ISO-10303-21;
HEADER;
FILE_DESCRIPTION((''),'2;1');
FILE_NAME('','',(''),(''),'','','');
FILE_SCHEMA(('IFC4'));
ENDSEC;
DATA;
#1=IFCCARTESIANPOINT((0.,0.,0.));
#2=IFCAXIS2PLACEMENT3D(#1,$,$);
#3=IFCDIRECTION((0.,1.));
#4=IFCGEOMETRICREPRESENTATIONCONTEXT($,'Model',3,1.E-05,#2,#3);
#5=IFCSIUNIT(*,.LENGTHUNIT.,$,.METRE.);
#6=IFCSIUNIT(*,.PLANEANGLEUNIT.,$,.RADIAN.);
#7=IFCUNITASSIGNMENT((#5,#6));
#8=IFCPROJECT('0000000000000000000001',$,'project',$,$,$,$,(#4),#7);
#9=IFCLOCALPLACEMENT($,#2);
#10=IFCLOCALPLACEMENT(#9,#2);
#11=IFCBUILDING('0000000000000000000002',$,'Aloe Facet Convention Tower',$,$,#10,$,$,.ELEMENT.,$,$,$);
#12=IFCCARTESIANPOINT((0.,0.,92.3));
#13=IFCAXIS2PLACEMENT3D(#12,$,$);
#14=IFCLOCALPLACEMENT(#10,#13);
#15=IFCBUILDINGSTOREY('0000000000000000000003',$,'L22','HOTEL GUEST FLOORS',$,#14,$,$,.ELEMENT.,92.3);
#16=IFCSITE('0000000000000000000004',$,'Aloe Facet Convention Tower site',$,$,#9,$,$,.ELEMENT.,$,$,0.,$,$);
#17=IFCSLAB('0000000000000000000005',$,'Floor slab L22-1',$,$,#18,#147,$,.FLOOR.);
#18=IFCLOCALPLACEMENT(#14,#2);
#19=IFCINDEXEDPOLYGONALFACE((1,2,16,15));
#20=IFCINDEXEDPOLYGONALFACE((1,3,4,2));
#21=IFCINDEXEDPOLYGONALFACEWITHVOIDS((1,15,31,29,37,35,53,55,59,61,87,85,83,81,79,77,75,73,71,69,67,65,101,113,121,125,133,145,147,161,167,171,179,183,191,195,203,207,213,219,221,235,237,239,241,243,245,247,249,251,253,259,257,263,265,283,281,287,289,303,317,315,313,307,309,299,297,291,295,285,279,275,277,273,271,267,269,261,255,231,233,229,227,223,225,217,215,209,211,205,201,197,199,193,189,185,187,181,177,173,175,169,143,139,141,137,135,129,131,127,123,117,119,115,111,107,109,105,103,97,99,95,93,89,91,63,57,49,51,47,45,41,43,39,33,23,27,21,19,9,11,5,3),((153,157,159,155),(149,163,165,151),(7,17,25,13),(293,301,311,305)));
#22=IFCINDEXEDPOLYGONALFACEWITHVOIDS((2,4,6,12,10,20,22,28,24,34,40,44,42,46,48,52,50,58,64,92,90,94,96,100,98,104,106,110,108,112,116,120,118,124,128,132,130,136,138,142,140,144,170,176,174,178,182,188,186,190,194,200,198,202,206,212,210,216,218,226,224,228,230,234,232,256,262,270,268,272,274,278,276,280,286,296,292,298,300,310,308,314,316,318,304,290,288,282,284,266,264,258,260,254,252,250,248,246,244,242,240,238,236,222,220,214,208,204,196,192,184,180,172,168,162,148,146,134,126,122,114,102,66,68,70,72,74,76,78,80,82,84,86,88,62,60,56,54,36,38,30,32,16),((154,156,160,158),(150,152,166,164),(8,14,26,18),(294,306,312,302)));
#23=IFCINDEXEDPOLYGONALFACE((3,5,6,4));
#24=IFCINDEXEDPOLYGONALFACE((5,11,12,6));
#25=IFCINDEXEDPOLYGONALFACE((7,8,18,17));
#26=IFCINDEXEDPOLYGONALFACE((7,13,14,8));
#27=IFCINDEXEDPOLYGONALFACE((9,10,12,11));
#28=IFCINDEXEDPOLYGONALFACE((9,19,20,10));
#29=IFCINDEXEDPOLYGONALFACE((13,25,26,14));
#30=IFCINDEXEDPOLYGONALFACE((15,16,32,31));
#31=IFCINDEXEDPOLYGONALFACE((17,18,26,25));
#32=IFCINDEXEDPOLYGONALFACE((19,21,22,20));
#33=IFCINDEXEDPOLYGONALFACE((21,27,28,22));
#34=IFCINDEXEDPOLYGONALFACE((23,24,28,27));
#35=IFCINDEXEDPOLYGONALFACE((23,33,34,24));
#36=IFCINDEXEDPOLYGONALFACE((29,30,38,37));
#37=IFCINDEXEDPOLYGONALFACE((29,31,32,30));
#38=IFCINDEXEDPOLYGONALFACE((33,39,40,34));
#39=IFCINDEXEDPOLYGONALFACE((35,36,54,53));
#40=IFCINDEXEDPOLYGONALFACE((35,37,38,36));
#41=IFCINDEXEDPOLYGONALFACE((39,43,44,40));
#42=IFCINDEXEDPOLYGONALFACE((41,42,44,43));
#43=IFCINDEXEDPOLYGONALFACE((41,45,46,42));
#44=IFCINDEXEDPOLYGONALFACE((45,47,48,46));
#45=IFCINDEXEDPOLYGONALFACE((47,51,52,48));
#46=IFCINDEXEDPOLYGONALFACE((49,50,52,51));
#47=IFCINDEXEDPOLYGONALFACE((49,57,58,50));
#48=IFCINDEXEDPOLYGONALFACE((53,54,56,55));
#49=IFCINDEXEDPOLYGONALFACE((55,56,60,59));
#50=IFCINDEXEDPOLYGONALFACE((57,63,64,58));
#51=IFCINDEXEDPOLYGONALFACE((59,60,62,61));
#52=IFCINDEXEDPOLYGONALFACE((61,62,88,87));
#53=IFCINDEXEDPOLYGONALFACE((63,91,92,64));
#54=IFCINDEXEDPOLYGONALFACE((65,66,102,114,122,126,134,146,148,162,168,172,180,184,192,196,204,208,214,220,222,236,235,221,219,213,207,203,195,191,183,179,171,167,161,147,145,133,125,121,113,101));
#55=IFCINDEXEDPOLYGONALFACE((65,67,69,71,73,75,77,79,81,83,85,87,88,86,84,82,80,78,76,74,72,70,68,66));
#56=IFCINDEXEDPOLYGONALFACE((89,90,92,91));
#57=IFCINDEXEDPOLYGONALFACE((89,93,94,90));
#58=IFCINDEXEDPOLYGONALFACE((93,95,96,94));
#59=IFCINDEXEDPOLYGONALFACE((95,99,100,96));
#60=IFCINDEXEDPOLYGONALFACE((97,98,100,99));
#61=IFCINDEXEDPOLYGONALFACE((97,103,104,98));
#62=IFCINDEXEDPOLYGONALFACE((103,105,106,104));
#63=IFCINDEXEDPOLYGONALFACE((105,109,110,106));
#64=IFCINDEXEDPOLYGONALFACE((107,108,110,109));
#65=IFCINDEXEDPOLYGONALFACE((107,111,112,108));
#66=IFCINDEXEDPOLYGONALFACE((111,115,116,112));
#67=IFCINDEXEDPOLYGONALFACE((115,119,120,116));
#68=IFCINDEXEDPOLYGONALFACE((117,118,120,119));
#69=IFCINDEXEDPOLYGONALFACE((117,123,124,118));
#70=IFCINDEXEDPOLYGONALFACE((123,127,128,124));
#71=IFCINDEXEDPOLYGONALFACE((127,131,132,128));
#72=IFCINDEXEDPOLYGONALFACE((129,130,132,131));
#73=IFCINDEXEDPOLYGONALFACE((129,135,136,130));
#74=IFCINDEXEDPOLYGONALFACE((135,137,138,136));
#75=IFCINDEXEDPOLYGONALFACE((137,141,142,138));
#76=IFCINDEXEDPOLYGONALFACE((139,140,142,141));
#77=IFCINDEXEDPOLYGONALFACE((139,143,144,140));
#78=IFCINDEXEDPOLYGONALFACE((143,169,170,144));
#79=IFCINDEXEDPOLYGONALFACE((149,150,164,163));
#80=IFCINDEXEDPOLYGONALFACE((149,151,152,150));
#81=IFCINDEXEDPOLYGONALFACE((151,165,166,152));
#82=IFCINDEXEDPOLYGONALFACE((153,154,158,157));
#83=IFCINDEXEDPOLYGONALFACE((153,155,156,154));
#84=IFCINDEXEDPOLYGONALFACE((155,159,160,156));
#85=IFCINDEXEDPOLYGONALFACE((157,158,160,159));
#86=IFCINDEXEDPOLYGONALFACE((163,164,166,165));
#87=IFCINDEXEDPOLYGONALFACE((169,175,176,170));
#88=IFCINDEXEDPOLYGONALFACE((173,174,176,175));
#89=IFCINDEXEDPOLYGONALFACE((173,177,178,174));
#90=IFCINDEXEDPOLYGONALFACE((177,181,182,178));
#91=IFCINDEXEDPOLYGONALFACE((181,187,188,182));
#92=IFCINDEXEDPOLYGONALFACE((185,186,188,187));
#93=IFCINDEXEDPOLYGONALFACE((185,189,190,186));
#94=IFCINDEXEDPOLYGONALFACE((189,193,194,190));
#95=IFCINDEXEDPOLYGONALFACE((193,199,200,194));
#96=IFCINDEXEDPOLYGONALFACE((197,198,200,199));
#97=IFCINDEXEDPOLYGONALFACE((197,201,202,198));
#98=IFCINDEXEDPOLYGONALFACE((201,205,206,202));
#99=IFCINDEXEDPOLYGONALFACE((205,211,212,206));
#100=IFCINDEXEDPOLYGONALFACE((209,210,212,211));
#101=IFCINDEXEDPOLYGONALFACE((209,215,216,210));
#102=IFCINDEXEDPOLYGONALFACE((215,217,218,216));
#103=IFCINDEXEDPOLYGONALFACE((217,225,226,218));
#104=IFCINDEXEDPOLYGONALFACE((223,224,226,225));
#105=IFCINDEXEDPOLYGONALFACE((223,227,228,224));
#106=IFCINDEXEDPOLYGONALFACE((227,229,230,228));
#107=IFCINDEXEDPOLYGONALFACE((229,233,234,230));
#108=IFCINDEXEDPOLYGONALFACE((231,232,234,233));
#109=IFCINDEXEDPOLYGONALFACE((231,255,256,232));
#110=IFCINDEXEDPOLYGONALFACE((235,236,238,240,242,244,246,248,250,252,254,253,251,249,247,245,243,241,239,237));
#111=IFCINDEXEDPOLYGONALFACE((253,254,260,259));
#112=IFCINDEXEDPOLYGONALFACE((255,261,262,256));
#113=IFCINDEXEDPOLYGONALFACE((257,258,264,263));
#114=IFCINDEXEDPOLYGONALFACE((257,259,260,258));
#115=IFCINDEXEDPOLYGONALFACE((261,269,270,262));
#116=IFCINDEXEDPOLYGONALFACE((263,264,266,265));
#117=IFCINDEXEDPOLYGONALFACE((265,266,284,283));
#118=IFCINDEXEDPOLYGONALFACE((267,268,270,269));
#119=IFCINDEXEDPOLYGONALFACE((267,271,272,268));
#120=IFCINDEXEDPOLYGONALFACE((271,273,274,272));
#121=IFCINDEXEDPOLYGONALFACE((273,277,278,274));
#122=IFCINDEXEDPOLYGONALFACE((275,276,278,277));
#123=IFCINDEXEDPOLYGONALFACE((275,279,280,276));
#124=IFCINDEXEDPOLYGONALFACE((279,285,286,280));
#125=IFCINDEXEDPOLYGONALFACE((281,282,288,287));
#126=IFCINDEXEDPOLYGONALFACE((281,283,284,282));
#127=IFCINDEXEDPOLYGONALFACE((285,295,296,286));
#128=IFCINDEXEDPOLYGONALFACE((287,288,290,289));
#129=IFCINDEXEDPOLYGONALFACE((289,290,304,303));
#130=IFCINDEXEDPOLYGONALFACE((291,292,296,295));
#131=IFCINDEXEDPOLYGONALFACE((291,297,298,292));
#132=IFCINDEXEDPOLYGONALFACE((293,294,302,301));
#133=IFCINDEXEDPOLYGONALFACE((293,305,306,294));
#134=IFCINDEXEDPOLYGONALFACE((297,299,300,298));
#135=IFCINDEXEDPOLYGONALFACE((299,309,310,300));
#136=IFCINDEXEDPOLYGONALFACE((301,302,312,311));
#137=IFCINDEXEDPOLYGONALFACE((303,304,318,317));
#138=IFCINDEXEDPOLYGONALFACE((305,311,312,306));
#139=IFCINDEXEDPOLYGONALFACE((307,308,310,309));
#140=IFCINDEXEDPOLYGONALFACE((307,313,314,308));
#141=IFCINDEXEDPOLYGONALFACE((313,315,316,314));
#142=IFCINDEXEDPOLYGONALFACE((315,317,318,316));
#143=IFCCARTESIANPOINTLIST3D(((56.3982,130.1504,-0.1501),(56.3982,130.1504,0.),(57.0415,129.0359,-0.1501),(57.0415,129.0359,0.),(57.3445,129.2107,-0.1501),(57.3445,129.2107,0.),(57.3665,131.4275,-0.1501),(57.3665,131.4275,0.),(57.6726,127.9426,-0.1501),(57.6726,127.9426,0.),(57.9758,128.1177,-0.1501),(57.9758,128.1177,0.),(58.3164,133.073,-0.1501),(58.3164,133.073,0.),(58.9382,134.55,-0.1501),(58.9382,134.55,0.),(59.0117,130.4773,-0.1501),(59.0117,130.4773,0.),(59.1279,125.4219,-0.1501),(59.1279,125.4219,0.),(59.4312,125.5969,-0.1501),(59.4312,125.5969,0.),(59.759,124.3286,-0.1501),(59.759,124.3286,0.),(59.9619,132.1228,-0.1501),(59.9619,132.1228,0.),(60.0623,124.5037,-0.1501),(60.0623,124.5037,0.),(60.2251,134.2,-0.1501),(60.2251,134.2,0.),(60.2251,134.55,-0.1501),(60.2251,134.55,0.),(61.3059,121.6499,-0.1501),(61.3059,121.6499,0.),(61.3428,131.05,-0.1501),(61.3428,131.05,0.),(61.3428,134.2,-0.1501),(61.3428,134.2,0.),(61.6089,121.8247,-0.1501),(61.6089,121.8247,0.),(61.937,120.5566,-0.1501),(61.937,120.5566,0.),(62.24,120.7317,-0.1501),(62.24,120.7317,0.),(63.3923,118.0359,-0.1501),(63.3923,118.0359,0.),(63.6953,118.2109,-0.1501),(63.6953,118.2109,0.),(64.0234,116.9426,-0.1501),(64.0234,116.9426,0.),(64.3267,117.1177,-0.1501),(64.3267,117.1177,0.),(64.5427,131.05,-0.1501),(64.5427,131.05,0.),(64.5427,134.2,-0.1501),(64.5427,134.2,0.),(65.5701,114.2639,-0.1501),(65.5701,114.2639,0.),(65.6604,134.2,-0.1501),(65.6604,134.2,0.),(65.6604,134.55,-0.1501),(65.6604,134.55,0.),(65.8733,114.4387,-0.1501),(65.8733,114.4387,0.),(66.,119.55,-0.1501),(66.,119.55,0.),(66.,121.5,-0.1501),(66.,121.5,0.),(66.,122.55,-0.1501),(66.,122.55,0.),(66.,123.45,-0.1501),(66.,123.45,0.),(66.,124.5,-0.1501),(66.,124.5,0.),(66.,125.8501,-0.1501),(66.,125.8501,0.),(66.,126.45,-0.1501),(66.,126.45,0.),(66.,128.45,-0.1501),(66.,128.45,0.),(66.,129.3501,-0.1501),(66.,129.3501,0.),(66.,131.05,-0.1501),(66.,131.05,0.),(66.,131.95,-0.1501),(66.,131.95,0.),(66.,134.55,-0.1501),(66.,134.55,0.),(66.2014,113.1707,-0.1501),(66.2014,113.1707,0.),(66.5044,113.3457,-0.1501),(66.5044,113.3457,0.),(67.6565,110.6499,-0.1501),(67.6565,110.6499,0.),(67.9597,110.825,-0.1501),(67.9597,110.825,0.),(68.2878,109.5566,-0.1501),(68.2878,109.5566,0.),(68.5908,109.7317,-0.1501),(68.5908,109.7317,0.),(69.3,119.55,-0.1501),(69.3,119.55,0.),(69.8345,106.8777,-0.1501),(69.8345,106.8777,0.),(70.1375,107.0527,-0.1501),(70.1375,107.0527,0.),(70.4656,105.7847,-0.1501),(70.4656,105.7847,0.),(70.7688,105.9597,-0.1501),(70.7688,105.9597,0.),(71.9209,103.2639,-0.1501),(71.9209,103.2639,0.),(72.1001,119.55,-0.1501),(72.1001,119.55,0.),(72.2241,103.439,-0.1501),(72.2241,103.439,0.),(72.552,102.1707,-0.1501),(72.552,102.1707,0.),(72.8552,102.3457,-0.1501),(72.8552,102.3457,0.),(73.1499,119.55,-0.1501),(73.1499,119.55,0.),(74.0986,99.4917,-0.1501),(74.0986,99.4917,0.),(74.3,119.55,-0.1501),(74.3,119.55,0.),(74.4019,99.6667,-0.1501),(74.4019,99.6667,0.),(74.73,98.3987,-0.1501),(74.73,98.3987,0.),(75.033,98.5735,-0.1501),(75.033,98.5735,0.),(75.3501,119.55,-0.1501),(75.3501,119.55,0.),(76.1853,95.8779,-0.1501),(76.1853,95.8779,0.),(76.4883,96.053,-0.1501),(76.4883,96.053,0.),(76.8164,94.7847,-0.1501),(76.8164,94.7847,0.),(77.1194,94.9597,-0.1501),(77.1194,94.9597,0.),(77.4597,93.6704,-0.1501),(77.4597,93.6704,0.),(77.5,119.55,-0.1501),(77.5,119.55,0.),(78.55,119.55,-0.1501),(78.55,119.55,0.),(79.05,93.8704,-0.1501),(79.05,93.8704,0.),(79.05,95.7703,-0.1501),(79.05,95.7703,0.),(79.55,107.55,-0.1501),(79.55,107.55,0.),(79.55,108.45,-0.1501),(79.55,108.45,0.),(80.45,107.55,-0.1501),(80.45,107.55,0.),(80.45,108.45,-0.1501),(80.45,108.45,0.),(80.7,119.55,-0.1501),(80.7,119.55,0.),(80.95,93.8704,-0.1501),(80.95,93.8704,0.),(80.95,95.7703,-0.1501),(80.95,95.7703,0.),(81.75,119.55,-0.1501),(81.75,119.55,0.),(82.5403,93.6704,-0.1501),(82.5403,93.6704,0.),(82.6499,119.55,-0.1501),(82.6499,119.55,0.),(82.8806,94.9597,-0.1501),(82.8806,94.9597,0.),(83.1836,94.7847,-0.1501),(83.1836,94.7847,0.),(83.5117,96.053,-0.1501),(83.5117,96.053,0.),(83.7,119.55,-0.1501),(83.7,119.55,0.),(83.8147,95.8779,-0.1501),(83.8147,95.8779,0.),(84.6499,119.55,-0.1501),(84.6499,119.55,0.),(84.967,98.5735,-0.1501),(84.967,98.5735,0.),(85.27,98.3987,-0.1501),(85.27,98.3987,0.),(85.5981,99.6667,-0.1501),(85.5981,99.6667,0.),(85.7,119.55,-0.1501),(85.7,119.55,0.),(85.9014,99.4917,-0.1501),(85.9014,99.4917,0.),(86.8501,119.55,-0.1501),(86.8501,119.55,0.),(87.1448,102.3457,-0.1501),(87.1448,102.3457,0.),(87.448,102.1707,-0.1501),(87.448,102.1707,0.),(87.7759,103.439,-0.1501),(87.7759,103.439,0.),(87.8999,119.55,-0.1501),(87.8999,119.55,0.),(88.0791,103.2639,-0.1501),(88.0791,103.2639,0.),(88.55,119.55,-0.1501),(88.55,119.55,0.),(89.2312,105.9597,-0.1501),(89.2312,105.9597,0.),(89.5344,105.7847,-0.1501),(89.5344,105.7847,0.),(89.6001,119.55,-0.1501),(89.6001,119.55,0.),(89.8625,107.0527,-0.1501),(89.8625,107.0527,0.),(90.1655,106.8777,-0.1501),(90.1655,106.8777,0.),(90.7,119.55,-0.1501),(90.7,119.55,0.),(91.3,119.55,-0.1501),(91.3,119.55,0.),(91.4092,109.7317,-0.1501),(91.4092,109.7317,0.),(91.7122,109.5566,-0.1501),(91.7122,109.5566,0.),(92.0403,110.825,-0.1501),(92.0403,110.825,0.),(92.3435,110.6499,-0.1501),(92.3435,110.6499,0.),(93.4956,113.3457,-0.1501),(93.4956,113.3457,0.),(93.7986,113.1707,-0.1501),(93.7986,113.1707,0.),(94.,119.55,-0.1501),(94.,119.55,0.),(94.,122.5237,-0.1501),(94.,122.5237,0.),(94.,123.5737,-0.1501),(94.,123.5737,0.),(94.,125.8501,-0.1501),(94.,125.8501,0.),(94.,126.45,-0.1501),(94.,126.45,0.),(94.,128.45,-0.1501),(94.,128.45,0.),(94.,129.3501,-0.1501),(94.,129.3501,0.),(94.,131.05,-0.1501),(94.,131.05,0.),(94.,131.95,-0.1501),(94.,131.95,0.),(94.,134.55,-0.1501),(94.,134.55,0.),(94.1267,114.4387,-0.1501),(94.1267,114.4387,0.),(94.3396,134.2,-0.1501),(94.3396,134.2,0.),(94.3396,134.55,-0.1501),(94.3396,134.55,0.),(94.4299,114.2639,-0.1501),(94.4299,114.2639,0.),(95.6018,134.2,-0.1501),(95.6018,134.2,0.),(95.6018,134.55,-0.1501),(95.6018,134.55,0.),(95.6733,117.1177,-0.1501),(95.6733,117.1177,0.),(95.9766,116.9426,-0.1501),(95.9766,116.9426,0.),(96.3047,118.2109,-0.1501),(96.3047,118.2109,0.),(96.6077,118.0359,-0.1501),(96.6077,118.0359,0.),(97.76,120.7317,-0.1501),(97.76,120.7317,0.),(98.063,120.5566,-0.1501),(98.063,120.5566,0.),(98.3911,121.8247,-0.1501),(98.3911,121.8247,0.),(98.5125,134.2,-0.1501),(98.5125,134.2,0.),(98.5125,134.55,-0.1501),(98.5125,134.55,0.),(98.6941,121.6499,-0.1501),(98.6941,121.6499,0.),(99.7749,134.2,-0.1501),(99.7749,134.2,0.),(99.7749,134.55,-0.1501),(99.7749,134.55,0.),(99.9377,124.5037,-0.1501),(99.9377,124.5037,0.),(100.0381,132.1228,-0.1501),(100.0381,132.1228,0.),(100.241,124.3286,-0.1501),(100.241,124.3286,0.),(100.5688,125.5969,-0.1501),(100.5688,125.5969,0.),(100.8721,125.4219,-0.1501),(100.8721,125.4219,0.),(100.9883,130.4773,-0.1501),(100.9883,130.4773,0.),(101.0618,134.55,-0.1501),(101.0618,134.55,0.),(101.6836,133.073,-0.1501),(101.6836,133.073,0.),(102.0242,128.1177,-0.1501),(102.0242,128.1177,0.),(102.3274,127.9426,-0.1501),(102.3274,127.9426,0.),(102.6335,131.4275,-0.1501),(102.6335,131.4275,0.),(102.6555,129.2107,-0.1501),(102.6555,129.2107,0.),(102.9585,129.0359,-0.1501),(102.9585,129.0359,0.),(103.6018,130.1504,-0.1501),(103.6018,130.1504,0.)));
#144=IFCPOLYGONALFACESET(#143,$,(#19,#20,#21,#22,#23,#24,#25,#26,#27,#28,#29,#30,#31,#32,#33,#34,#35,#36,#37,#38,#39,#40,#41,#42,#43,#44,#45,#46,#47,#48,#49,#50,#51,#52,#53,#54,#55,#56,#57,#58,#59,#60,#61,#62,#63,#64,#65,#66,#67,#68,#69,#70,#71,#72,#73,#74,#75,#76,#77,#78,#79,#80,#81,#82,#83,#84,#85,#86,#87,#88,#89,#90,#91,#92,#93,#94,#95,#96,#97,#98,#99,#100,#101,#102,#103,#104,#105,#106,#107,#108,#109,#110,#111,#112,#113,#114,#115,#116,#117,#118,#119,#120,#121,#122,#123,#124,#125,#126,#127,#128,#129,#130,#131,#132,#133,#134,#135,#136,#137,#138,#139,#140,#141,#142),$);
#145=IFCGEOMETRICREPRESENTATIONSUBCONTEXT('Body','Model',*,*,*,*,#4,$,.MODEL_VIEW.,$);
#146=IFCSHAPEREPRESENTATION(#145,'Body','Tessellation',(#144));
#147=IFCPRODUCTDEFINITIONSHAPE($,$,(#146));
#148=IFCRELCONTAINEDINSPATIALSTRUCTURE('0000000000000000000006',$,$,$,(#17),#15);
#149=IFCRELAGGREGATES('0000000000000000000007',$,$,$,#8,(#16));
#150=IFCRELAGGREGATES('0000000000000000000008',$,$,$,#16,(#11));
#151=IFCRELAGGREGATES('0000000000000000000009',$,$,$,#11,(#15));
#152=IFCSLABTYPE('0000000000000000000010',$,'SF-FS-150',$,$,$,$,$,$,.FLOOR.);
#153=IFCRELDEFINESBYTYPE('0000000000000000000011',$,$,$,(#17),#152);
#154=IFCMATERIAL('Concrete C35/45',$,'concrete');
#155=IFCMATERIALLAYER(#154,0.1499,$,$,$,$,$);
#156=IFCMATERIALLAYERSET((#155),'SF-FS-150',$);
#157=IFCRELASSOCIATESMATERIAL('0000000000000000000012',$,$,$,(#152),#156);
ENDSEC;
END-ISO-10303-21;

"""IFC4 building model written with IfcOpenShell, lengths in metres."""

from ifc_helpers import new_model, si_unit, direction, frame, origin, place, context, subcontext, project, spatial, polyline, outline, extrude, material, layer, layer_set, type_object, element, save


model = new_model("IFC4")

# Units and contexts
model_context = context("Model", 3, precision=1e-05, world=origin(), true_north=direction((0.0, 1.0)))
body_context = subcontext(model_context, "Body", "Model", "MODEL_VIEW")
ifc_project = project(units=[si_unit("LENGTHUNIT", "METRE"), si_unit("PLANEANGLEUNIT", "RADIAN")], contexts=[model_context])

# Site, building, storey
site_placement = place(None, origin())
site = spatial("IfcSite", under=ifc_project, at=site_placement, Name="Aloe Facet Convention Tower site", CompositionType="ELEMENT", RefElevation=0.0)
building_placement = place(site_placement, origin())
building = spatial("IfcBuilding", under=site, at=building_placement, Name="Aloe Facet Convention Tower", CompositionType="ELEMENT")
storey_placement = place(building_placement, frame((0.0, 0.0, 92.3)))
storey = spatial("IfcBuildingStorey", under=building, at=storey_placement, Name="L22", Description="HOTEL GUEST FLOORS", CompositionType="ELEMENT", Elevation=92.3)

# Slab
ifc_material_1 = material(Name="Concrete C35/45", Category="concrete")
ifc_layer_1 = layer(ifc_material_1, 0.1499)
ifc_layer_set_1 = layer_set([ifc_layer_1], Name="SF-FS-150")
slab_type_1 = type_object("IfcSlabType", Name="SF-FS-150", PredefinedType="FLOOR", material=ifc_layer_set_1)
slab_1_placement = place(storey_placement, frame((0.0, 0.0, -0.1501)))
element("IfcSlab", 1, at=slab_1_placement, inside=storey, type_object=slab_type_1, Name="Floor slab L22-1", PredefinedType="FLOOR", context=body_context, shape_type="SweptSolid", body=[
    extrude(outline(polyline([(103.6018, 130.1504), (102.9585, 129.0359), (102.6555, 129.2107), (102.0242, 128.1177), (102.3274, 127.9426), (100.8721, 125.4219), (100.5688, 125.5969), (99.9377, 124.5037), (100.241, 124.3286), (98.6941, 121.6499), (98.3911, 121.8247), (97.76, 120.7317), (98.063, 120.5566), (96.6077, 118.0359), (96.3047, 118.2109), (95.6733, 117.1177), (95.9766, 116.9426), (94.4299, 114.2639), (94.1267, 114.4387), (93.4956, 113.3457), (93.7986, 113.1707), (92.3435, 110.6499), (92.0403, 110.825), (91.4092, 109.7317), (91.7122, 109.5566), (90.1655, 106.8777), (89.8625, 107.0527), (89.2312, 105.9597), (89.5344, 105.7847), (88.0791, 103.2639), (87.7759, 103.439), (87.1448, 102.3457), (87.448, 102.1707), (85.9014, 99.4917), (85.5981, 99.6667), (84.967, 98.5735), (85.27, 98.3987), (83.8147, 95.8779), (83.5117, 96.053), (82.8806, 94.9597), (83.1836, 94.7847), (82.5403, 93.6704), (77.4597, 93.6704), (76.8164, 94.7847), (77.1194, 94.9597), (76.4883, 96.053), (76.1853, 95.8779), (74.73, 98.3987), (75.033, 98.5735), (74.4019, 99.6667), (74.0986, 99.4917), (72.552, 102.1707), (72.8552, 102.3457), (72.2241, 103.439), (71.9209, 103.2639), (70.4656, 105.7847), (70.7688, 105.9597), (70.1375, 107.0527), (69.8345, 106.8777), (68.2878, 109.5566), (68.5908, 109.7317), (67.9597, 110.825), (67.6565, 110.6499), (66.2014, 113.1707), (66.5044, 113.3457), (65.8733, 114.4387), (65.5701, 114.2639), (64.0234, 116.9426), (64.3267, 117.1177), (63.6953, 118.2109), (63.3923, 118.0359), (61.937, 120.5566), (62.24, 120.7317), (61.6089, 121.8247), (61.3059, 121.6499), (59.759, 124.3286), (60.0623, 124.5037), (59.4312, 125.5969), (59.1279, 125.4219), (57.6726, 127.9426), (57.9758, 128.1177), (57.3445, 129.2107), (57.0415, 129.0359), (56.3982, 130.1504), (58.9382, 134.55), (60.2251, 134.55), (60.2251, 134.2), (61.3428, 134.2), (61.3428, 131.05), (64.5427, 131.05), (64.5427, 134.2), (65.6604, 134.2), (65.6604, 134.55), (66.0, 134.55), (66.0, 131.95), (66.0, 131.05), (66.0, 129.3501), (66.0, 128.45), (66.0, 126.45), (66.0, 125.8501), (66.0, 124.5), (66.0, 123.45), (66.0, 122.55), (66.0, 121.5), (66.0, 119.55), (69.3, 119.55), (72.1001, 119.55), (73.1499, 119.55), (74.3, 119.55), (75.3501, 119.55), (77.5, 119.55), (78.55, 119.55), (80.7, 119.55), (81.75, 119.55), (82.6499, 119.55), (83.7, 119.55), (84.6499, 119.55), (85.7, 119.55), (86.8501, 119.55), (87.8999, 119.55), (88.55, 119.55), (89.6001, 119.55), (90.7, 119.55), (91.3, 119.55), (94.0, 119.55), (94.0, 122.5237), (94.0, 123.5737), (94.0, 125.8501), (94.0, 126.45), (94.0, 128.45), (94.0, 129.3501), (94.0, 131.05), (94.0, 131.95), (94.0, 134.55), (94.3396, 134.55), (94.3396, 134.2), (95.6018, 134.2), (95.6018, 134.55), (98.5125, 134.55), (98.5125, 134.2), (99.7749, 134.2), (99.7749, 134.55), (101.0618, 134.55), (103.6018, 130.1504)]), holes=[polyline([(80.45, 107.55), (80.45, 108.45), (79.55, 108.45), (79.55, 107.55), (80.45, 107.55)]), polyline([(58.3164, 133.073), (57.3665, 131.4275), (59.0117, 130.4773), (59.9619, 132.1228), (58.3164, 133.073)]), polyline([(79.05, 93.8704), (80.95, 93.8704), (80.95, 95.7703), (79.05, 95.7703), (79.05, 93.8704)]), polyline([(102.6335, 131.4275), (101.6836, 133.073), (100.0381, 132.1228), (100.9883, 130.4773), (102.6335, 131.4275)])]), origin(), (0.0, 0.0, 1.0), 0.1501),
])

save(model, "model.ifc")
